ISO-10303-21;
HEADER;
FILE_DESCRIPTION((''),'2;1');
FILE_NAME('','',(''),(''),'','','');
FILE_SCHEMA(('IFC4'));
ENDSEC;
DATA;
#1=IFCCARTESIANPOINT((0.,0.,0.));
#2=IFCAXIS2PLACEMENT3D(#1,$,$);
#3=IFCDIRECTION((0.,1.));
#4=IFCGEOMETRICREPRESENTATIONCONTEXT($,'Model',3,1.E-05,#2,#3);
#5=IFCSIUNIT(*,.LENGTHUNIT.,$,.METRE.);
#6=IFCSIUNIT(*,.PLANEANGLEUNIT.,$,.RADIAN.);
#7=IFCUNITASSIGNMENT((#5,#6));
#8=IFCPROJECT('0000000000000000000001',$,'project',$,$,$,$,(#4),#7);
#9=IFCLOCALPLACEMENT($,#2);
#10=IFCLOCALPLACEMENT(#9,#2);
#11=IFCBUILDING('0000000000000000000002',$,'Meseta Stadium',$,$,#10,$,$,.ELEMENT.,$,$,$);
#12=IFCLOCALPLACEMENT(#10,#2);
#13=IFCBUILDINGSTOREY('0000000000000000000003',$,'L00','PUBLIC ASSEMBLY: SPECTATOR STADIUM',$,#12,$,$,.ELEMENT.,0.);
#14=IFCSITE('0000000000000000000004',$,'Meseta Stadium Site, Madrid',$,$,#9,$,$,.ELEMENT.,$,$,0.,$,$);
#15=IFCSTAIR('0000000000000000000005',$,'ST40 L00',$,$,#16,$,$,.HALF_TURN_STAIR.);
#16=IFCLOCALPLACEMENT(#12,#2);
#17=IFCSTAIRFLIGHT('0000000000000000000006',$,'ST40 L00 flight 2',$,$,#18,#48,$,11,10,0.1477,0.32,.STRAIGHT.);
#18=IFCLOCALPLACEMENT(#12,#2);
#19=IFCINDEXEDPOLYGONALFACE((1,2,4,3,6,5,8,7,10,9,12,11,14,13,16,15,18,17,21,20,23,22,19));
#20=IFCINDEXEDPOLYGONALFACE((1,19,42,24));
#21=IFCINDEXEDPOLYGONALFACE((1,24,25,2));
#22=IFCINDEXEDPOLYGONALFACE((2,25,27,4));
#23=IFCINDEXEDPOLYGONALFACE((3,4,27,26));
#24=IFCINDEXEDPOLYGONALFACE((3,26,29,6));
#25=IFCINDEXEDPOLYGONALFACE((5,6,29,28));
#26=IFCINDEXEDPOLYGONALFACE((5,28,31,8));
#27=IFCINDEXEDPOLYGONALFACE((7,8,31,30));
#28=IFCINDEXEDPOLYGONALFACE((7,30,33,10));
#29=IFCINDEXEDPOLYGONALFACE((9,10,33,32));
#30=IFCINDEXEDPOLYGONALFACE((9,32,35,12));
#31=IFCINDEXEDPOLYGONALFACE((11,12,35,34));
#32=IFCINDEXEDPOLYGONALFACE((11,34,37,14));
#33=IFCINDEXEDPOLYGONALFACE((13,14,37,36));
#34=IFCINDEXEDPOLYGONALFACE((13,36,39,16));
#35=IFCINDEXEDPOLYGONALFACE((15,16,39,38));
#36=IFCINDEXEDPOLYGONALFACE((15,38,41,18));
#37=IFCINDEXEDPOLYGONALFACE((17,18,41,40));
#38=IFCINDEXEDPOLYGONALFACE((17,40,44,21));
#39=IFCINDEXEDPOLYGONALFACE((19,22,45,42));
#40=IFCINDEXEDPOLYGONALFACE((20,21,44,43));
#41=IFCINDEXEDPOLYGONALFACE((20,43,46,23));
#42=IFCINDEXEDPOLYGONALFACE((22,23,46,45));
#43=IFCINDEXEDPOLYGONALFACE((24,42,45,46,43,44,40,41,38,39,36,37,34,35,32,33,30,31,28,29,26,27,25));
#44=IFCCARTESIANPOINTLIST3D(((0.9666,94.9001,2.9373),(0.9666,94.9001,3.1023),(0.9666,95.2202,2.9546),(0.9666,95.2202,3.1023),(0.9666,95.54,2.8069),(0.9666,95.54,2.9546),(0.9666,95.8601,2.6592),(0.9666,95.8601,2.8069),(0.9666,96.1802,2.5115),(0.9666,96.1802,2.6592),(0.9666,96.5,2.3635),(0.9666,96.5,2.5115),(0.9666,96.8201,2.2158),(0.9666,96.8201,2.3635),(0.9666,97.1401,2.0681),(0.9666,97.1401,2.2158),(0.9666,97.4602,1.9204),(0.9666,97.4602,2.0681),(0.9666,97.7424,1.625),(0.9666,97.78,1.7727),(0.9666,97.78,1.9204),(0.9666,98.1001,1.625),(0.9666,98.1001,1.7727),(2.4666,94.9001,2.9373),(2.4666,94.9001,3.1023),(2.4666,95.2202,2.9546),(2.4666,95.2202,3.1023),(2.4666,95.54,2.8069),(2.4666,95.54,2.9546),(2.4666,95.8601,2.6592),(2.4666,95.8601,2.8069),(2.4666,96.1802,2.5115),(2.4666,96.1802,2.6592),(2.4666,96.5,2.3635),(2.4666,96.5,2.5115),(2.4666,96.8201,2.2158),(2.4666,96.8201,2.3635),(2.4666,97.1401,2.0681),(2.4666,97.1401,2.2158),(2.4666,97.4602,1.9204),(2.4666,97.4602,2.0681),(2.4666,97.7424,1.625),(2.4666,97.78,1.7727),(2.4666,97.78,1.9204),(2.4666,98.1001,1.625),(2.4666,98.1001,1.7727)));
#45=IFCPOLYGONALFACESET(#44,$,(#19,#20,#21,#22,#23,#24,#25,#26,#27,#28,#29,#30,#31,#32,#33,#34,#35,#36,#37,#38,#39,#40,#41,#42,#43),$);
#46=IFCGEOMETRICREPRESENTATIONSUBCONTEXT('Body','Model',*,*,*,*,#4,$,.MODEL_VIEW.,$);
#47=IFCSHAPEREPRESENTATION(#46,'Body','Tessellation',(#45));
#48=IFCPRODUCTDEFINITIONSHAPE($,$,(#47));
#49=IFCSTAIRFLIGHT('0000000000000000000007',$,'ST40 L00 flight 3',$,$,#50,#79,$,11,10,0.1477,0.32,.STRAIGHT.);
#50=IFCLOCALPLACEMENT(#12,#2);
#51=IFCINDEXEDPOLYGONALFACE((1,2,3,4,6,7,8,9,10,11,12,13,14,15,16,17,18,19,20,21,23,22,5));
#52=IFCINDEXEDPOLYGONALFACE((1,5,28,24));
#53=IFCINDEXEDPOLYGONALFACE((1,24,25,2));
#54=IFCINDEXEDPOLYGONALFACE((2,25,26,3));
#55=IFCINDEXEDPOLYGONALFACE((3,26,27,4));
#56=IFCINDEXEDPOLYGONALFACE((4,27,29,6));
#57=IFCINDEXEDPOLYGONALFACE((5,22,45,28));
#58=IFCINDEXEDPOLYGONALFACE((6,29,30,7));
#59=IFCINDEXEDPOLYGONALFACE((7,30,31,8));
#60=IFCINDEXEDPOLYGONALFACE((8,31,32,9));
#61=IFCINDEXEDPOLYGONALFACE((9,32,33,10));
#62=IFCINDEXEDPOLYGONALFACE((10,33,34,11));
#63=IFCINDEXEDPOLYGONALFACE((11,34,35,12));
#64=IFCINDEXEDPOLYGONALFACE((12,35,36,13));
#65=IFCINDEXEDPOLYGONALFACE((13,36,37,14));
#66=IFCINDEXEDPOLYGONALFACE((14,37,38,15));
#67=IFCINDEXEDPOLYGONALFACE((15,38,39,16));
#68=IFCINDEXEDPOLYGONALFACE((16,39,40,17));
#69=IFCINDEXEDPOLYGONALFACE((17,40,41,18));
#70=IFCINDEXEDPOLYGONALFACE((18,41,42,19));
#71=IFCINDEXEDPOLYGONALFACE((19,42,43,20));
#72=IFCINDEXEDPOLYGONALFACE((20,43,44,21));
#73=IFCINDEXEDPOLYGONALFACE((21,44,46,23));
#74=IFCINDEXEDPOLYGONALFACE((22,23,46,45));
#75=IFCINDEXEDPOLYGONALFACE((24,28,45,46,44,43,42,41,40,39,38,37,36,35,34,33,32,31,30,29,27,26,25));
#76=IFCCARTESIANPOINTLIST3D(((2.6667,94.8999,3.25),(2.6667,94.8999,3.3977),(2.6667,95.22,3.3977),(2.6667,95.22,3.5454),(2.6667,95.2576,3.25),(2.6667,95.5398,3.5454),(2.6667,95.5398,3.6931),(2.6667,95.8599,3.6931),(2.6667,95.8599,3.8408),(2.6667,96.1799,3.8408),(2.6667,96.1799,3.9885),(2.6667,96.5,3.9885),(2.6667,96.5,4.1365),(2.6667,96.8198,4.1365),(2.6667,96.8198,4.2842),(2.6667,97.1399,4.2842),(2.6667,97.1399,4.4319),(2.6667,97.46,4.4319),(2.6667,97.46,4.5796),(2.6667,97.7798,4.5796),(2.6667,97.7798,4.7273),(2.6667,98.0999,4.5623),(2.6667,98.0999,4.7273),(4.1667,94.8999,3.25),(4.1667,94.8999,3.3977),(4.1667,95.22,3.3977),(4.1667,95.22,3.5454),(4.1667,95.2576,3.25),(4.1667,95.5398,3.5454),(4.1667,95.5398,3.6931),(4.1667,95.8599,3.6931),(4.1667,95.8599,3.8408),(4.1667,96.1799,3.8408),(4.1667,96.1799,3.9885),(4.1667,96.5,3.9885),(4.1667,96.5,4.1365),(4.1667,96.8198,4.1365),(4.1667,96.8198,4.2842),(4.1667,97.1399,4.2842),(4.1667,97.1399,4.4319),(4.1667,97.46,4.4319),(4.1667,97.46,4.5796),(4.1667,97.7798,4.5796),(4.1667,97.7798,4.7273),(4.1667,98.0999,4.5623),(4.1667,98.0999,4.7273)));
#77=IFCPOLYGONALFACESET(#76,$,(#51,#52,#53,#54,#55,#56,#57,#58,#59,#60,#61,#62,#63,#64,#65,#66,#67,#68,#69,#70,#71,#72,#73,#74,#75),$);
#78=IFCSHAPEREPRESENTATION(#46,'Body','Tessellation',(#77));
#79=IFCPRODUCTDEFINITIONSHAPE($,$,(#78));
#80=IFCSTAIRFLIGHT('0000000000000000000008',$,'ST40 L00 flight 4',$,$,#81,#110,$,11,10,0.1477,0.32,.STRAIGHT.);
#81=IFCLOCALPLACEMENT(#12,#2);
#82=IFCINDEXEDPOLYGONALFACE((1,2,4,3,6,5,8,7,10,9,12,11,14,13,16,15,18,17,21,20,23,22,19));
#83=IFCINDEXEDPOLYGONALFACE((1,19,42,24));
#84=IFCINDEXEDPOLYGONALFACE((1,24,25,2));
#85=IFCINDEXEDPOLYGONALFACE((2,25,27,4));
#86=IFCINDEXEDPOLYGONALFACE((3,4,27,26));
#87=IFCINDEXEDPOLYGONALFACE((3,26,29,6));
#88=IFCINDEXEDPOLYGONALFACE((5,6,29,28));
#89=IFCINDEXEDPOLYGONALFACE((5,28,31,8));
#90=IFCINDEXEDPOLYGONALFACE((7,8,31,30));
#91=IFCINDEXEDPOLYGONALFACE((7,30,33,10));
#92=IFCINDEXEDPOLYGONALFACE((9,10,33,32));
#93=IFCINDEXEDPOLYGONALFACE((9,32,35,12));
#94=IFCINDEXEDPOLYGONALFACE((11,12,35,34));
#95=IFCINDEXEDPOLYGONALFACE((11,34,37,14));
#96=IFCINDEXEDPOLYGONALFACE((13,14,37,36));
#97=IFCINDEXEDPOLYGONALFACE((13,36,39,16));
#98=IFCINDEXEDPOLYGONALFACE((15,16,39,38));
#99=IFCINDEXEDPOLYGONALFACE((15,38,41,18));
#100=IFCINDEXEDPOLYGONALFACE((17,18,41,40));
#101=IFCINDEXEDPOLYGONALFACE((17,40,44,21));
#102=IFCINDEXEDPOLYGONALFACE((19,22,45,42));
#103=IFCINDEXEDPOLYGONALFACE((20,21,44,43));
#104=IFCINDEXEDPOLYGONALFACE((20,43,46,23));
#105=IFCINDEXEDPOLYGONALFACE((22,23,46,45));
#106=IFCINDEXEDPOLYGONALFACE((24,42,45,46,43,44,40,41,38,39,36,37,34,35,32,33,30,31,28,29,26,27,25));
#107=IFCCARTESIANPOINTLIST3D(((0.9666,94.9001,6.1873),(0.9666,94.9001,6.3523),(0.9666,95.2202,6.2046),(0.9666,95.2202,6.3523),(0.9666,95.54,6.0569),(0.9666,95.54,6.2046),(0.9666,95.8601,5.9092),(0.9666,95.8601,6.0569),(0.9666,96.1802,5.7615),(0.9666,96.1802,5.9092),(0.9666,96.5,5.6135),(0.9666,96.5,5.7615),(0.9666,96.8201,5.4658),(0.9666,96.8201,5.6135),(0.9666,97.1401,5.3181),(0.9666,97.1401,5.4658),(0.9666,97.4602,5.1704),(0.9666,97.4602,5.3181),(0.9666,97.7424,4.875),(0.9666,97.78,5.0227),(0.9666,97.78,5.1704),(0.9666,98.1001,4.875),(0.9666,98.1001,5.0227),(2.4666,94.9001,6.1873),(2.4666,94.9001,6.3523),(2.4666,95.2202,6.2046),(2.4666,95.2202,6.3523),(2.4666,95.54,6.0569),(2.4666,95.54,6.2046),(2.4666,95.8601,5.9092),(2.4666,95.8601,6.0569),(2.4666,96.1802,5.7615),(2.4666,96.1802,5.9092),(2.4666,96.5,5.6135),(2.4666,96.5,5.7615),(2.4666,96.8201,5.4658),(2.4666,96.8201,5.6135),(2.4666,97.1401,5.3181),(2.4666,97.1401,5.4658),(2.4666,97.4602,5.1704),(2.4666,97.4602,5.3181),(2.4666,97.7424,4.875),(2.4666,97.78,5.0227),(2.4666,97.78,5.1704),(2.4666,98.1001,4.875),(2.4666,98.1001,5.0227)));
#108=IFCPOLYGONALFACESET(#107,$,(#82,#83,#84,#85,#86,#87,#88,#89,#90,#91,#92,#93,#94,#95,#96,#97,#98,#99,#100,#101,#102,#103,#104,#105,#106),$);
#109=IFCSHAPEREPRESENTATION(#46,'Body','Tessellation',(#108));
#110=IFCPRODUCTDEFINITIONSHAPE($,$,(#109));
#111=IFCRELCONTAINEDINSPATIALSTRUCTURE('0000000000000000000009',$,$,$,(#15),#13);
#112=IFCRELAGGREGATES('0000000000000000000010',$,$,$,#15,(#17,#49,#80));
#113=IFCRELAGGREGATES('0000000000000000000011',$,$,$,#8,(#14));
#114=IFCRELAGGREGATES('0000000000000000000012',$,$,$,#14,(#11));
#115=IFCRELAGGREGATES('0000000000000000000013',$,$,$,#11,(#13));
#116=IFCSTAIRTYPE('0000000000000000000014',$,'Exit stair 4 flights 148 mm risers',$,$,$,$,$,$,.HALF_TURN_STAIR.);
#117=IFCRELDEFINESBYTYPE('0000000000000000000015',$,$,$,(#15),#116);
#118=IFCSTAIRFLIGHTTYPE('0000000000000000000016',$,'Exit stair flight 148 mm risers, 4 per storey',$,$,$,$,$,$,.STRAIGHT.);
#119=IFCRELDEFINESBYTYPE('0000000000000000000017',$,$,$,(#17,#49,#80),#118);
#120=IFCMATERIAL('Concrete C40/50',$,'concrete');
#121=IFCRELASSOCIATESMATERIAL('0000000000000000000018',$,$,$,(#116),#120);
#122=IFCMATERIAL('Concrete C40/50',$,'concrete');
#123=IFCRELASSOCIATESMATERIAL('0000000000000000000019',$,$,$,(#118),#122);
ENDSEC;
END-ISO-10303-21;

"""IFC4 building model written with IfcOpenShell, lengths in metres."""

from ifc_helpers import new_model, si_unit, direction, frame, origin, place, context, subcontext, project, spatial, polyline, outline, extrude, material, type_object, element, aggregate, save


model = new_model("IFC4")

# Units and contexts
model_context = context("Model", 3, precision=1e-05, world=origin(), true_north=direction((0.0, 1.0)))
body_context = subcontext(model_context, "Body", "Model", "MODEL_VIEW")
ifc_project = project(units=[si_unit("LENGTHUNIT", "METRE"), si_unit("PLANEANGLEUNIT", "RADIAN")], contexts=[model_context])

# Site, building, storey
site_placement = place(None, origin())
site = spatial("IfcSite", under=ifc_project, at=site_placement, Name="Meseta Stadium Site, Madrid", CompositionType="ELEMENT", RefElevation=0.0)
building_placement = place(site_placement, origin())
building = spatial("IfcBuilding", under=site, at=building_placement, Name="Meseta Stadium", CompositionType="ELEMENT")
storey_placement = place(building_placement, origin())
storey = spatial("IfcBuildingStorey", under=building, at=storey_placement, Name="L00", Description="PUBLIC ASSEMBLY: SPECTATOR STADIUM", CompositionType="ELEMENT", Elevation=0.0)

# Stair, stair flights
ifc_material_1 = material(Name="Concrete C40/50", Category="concrete")
stair_type = type_object("IfcStairType", Name="Exit stair 4 flights 148 mm risers", PredefinedType="HALF_TURN_STAIR", material=ifc_material_1)
ifc_material_2 = material(Name="Concrete C40/50", Category="concrete")
stair_flight_type = type_object("IfcStairFlightType", Name="Exit stair flight 148 mm risers, 4 per storey", PredefinedType="STRAIGHT", material=ifc_material_2)
stair_1_placement = place(storey_placement, origin())
stair_1 = element("IfcStair", 1, at=stair_1_placement, inside=storey, type_object=stair_type, Name="ST40 L00", PredefinedType="HALF_TURN_STAIR")
stair_flight_1_placement = place(storey_placement, frame((1.7166, 98.1001, 1.625), z_axis=(0.0, 0.0, 1.0), x_axis=(0.0, -1.0, 0.0)))
stair_flight_1 = element("IfcStairFlight", 2, at=stair_flight_1_placement, type_object=stair_flight_type, Name="ST40 L00 flight 2", NumberOfRisers=11, NumberOfTreads=10, PredefinedType="STRAIGHT", RiserHeight=0.1477, TreadLength=0.32, context=body_context, shape_type="SweptSolid", body=[
    extrude(outline(polyline([(0.0, 0.0), (0.0, 0.1477), (0.3201, 0.1477), (0.3201, 0.2954), (0.6399, 0.2954), (0.6399, 0.4431), (0.96, 0.4431), (0.96, 0.5908), (1.28, 0.5908), (1.28, 0.7385), (1.6001, 0.7385), (1.6001, 0.8865), (1.9199, 0.8865), (1.9199, 1.0342), (2.24, 1.0342), (2.24, 1.1819), (2.5601, 1.1819), (2.5601, 1.3296), (2.8799, 1.3296), (2.8799, 1.4773), (3.2, 1.4773), (3.2, 1.3123), (0.3577, 0.0), (0.0, 0.0)])), frame((0.0, 0.75, 0.0), z_axis=(0.0, -1.0, 0.0), x_axis=(1.0, 0.0, 0.0)), (0.0, 0.0, 1.0), 1.5),
])
stair_flight_2_placement = place(storey_placement, frame((3.4167, 94.8999, 3.25), z_axis=(0.0, 0.0, 1.0), x_axis=(0.0, 1.0, 0.0)))
stair_flight_2 = element("IfcStairFlight", 3, at=stair_flight_2_placement, type_object=stair_flight_type, Name="ST40 L00 flight 3", NumberOfRisers=11, NumberOfTreads=10, PredefinedType="STRAIGHT", RiserHeight=0.1477, TreadLength=0.32, context=body_context, shape_type="SweptSolid", body=[
    extrude(outline(polyline([(0.0, 0.0), (0.0, 0.1477), (0.3201, 0.1477), (0.3201, 0.2954), (0.6399, 0.2954), (0.6399, 0.4431), (0.96, 0.4431), (0.96, 0.5908), (1.28, 0.5908), (1.28, 0.7385), (1.6001, 0.7385), (1.6001, 0.8865), (1.9199, 0.8865), (1.9199, 1.0342), (2.24, 1.0342), (2.24, 1.1819), (2.5601, 1.1819), (2.5601, 1.3296), (2.8799, 1.3296), (2.8799, 1.4773), (3.2, 1.4773), (3.2, 1.3123), (0.3577, 0.0), (0.0, 0.0)])), frame((0.0, 0.75, 0.0), z_axis=(0.0, -1.0, 0.0), x_axis=(1.0, 0.0, 0.0)), (0.0, 0.0, 1.0), 1.5),
])
stair_flight_3_placement = place(storey_placement, frame((1.7166, 98.1001, 4.875), z_axis=(0.0, 0.0, 1.0), x_axis=(0.0, -1.0, 0.0)))
stair_flight_3 = element("IfcStairFlight", 4, at=stair_flight_3_placement, type_object=stair_flight_type, Name="ST40 L00 flight 4", NumberOfRisers=11, NumberOfTreads=10, PredefinedType="STRAIGHT", RiserHeight=0.1477, TreadLength=0.32, context=body_context, shape_type="SweptSolid", body=[
    extrude(outline(polyline([(0.0, 0.0), (0.0, 0.1477), (0.3201, 0.1477), (0.3201, 0.2954), (0.6399, 0.2954), (0.6399, 0.4431), (0.96, 0.4431), (0.96, 0.5908), (1.28, 0.5908), (1.28, 0.7385), (1.6001, 0.7385), (1.6001, 0.8865), (1.9199, 0.8865), (1.9199, 1.0342), (2.24, 1.0342), (2.24, 1.1819), (2.5601, 1.1819), (2.5601, 1.3296), (2.8799, 1.3296), (2.8799, 1.4773), (3.2, 1.4773), (3.2, 1.3123), (0.3577, 0.0), (0.0, 0.0)])), frame((0.0, 0.75, 0.0), z_axis=(0.0, -1.0, 0.0), x_axis=(1.0, 0.0, 0.0)), (0.0, 0.0, 1.0), 1.5),
])
aggregate(stair_1, [stair_flight_1, stair_flight_2, stair_flight_3])

save(model, "model.ifc")
